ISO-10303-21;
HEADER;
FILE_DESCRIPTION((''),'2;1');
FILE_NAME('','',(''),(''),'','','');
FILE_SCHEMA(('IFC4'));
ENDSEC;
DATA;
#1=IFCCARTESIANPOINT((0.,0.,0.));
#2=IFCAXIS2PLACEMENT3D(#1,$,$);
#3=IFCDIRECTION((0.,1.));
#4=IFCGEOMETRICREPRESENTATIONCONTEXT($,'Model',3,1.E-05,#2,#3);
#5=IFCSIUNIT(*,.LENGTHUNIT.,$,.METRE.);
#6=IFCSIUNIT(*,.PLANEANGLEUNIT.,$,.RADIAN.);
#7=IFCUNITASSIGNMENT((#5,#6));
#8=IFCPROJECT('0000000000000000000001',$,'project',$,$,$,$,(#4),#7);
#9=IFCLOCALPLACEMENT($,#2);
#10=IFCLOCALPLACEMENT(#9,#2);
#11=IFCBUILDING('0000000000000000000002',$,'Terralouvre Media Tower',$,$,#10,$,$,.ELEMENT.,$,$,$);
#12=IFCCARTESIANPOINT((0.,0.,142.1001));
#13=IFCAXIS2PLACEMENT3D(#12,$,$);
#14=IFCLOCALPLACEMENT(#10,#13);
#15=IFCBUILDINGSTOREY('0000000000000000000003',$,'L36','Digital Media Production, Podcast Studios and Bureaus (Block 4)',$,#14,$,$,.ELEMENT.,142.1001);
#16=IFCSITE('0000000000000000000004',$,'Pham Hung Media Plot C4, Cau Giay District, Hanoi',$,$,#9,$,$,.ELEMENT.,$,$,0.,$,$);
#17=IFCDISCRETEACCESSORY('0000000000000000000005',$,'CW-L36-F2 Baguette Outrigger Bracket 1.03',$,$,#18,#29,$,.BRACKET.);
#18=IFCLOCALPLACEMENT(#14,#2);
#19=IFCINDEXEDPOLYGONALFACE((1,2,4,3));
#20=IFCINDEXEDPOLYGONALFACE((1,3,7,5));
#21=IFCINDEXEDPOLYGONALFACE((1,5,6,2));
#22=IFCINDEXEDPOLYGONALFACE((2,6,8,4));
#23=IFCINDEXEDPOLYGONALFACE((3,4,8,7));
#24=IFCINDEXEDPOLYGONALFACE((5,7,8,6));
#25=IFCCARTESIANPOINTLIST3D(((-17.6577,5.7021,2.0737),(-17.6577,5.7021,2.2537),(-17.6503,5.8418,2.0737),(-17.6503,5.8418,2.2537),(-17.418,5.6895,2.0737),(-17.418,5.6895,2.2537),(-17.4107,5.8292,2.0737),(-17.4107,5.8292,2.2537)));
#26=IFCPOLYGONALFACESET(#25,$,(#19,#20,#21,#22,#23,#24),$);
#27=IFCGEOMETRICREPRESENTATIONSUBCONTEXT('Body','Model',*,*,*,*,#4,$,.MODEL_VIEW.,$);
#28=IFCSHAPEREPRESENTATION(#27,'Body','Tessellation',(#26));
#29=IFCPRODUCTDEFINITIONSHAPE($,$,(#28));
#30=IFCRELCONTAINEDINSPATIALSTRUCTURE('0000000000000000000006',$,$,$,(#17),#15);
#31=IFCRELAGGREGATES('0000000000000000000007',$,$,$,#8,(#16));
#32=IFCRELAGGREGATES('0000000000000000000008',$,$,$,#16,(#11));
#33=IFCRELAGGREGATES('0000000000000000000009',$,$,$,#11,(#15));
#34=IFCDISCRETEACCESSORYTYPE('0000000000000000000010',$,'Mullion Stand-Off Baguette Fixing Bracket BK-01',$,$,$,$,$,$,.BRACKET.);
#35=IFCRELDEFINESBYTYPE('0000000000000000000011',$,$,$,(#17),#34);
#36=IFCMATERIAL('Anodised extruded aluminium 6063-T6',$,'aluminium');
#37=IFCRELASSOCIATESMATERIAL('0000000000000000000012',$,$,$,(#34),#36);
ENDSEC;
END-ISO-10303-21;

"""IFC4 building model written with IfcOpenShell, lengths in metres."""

from ifc_helpers import new_model, si_unit, direction, frame, origin, origin_2d, place, context, subcontext, project, spatial, rectangle, extrude, material, type_object, element, save


model = new_model("IFC4")

# Units and contexts
model_context = context("Model", 3, precision=1e-05, world=origin(), true_north=direction((0.0, 1.0)))
body_context = subcontext(model_context, "Body", "Model", "MODEL_VIEW")
ifc_project = project(units=[si_unit("LENGTHUNIT", "METRE"), si_unit("PLANEANGLEUNIT", "RADIAN")], contexts=[model_context])

# Site, building, storey
site_placement = place(None, origin())
site = spatial("IfcSite", under=ifc_project, at=site_placement, Name="Pham Hung Media Plot C4, Cau Giay District, Hanoi", CompositionType="ELEMENT", RefElevation=0.0)
building_placement = place(site_placement, origin())
building = spatial("IfcBuilding", under=site, at=building_placement, Name="Terralouvre Media Tower", CompositionType="ELEMENT")
storey_placement = place(building_placement, frame((0.0, 0.0, 142.1001)))
storey = spatial("IfcBuildingStorey", under=building, at=storey_placement, Name="L36", Description="Digital Media Production, Podcast Studios and Bureaus (Block 4)", CompositionType="ELEMENT", Elevation=142.1001)

# Discrete accessory
ifc_material_1 = material(Name="Anodised extruded aluminium 6063-T6", Category="aluminium")
discrete_accessory_type = type_object("IfcDiscreteAccessoryType", Name="Mullion Stand-Off Baguette Fixing Bracket BK-01", PredefinedType="BRACKET", material=ifc_material_1)
discrete_accessory_placement = place(storey_placement, frame((-17.5342, 5.7656, 2.0737), z_axis=(0.0, 0.0, 1.0), x_axis=(-0.052336, -0.99863, 0.0)))
element("IfcDiscreteAccessory", 1, at=discrete_accessory_placement, inside=storey, type_object=discrete_accessory_type, Name="CW-L36-F2 Baguette Outrigger Bracket 1.03", PredefinedType="BRACKET", context=body_context, shape_type="SweptSolid", body=[
    extrude(rectangle(XDim=0.1399, YDim=0.24, at=origin_2d()), origin(), (0.0, 0.0, 1.0), 0.1799),
])

save(model, "model.ifc")
